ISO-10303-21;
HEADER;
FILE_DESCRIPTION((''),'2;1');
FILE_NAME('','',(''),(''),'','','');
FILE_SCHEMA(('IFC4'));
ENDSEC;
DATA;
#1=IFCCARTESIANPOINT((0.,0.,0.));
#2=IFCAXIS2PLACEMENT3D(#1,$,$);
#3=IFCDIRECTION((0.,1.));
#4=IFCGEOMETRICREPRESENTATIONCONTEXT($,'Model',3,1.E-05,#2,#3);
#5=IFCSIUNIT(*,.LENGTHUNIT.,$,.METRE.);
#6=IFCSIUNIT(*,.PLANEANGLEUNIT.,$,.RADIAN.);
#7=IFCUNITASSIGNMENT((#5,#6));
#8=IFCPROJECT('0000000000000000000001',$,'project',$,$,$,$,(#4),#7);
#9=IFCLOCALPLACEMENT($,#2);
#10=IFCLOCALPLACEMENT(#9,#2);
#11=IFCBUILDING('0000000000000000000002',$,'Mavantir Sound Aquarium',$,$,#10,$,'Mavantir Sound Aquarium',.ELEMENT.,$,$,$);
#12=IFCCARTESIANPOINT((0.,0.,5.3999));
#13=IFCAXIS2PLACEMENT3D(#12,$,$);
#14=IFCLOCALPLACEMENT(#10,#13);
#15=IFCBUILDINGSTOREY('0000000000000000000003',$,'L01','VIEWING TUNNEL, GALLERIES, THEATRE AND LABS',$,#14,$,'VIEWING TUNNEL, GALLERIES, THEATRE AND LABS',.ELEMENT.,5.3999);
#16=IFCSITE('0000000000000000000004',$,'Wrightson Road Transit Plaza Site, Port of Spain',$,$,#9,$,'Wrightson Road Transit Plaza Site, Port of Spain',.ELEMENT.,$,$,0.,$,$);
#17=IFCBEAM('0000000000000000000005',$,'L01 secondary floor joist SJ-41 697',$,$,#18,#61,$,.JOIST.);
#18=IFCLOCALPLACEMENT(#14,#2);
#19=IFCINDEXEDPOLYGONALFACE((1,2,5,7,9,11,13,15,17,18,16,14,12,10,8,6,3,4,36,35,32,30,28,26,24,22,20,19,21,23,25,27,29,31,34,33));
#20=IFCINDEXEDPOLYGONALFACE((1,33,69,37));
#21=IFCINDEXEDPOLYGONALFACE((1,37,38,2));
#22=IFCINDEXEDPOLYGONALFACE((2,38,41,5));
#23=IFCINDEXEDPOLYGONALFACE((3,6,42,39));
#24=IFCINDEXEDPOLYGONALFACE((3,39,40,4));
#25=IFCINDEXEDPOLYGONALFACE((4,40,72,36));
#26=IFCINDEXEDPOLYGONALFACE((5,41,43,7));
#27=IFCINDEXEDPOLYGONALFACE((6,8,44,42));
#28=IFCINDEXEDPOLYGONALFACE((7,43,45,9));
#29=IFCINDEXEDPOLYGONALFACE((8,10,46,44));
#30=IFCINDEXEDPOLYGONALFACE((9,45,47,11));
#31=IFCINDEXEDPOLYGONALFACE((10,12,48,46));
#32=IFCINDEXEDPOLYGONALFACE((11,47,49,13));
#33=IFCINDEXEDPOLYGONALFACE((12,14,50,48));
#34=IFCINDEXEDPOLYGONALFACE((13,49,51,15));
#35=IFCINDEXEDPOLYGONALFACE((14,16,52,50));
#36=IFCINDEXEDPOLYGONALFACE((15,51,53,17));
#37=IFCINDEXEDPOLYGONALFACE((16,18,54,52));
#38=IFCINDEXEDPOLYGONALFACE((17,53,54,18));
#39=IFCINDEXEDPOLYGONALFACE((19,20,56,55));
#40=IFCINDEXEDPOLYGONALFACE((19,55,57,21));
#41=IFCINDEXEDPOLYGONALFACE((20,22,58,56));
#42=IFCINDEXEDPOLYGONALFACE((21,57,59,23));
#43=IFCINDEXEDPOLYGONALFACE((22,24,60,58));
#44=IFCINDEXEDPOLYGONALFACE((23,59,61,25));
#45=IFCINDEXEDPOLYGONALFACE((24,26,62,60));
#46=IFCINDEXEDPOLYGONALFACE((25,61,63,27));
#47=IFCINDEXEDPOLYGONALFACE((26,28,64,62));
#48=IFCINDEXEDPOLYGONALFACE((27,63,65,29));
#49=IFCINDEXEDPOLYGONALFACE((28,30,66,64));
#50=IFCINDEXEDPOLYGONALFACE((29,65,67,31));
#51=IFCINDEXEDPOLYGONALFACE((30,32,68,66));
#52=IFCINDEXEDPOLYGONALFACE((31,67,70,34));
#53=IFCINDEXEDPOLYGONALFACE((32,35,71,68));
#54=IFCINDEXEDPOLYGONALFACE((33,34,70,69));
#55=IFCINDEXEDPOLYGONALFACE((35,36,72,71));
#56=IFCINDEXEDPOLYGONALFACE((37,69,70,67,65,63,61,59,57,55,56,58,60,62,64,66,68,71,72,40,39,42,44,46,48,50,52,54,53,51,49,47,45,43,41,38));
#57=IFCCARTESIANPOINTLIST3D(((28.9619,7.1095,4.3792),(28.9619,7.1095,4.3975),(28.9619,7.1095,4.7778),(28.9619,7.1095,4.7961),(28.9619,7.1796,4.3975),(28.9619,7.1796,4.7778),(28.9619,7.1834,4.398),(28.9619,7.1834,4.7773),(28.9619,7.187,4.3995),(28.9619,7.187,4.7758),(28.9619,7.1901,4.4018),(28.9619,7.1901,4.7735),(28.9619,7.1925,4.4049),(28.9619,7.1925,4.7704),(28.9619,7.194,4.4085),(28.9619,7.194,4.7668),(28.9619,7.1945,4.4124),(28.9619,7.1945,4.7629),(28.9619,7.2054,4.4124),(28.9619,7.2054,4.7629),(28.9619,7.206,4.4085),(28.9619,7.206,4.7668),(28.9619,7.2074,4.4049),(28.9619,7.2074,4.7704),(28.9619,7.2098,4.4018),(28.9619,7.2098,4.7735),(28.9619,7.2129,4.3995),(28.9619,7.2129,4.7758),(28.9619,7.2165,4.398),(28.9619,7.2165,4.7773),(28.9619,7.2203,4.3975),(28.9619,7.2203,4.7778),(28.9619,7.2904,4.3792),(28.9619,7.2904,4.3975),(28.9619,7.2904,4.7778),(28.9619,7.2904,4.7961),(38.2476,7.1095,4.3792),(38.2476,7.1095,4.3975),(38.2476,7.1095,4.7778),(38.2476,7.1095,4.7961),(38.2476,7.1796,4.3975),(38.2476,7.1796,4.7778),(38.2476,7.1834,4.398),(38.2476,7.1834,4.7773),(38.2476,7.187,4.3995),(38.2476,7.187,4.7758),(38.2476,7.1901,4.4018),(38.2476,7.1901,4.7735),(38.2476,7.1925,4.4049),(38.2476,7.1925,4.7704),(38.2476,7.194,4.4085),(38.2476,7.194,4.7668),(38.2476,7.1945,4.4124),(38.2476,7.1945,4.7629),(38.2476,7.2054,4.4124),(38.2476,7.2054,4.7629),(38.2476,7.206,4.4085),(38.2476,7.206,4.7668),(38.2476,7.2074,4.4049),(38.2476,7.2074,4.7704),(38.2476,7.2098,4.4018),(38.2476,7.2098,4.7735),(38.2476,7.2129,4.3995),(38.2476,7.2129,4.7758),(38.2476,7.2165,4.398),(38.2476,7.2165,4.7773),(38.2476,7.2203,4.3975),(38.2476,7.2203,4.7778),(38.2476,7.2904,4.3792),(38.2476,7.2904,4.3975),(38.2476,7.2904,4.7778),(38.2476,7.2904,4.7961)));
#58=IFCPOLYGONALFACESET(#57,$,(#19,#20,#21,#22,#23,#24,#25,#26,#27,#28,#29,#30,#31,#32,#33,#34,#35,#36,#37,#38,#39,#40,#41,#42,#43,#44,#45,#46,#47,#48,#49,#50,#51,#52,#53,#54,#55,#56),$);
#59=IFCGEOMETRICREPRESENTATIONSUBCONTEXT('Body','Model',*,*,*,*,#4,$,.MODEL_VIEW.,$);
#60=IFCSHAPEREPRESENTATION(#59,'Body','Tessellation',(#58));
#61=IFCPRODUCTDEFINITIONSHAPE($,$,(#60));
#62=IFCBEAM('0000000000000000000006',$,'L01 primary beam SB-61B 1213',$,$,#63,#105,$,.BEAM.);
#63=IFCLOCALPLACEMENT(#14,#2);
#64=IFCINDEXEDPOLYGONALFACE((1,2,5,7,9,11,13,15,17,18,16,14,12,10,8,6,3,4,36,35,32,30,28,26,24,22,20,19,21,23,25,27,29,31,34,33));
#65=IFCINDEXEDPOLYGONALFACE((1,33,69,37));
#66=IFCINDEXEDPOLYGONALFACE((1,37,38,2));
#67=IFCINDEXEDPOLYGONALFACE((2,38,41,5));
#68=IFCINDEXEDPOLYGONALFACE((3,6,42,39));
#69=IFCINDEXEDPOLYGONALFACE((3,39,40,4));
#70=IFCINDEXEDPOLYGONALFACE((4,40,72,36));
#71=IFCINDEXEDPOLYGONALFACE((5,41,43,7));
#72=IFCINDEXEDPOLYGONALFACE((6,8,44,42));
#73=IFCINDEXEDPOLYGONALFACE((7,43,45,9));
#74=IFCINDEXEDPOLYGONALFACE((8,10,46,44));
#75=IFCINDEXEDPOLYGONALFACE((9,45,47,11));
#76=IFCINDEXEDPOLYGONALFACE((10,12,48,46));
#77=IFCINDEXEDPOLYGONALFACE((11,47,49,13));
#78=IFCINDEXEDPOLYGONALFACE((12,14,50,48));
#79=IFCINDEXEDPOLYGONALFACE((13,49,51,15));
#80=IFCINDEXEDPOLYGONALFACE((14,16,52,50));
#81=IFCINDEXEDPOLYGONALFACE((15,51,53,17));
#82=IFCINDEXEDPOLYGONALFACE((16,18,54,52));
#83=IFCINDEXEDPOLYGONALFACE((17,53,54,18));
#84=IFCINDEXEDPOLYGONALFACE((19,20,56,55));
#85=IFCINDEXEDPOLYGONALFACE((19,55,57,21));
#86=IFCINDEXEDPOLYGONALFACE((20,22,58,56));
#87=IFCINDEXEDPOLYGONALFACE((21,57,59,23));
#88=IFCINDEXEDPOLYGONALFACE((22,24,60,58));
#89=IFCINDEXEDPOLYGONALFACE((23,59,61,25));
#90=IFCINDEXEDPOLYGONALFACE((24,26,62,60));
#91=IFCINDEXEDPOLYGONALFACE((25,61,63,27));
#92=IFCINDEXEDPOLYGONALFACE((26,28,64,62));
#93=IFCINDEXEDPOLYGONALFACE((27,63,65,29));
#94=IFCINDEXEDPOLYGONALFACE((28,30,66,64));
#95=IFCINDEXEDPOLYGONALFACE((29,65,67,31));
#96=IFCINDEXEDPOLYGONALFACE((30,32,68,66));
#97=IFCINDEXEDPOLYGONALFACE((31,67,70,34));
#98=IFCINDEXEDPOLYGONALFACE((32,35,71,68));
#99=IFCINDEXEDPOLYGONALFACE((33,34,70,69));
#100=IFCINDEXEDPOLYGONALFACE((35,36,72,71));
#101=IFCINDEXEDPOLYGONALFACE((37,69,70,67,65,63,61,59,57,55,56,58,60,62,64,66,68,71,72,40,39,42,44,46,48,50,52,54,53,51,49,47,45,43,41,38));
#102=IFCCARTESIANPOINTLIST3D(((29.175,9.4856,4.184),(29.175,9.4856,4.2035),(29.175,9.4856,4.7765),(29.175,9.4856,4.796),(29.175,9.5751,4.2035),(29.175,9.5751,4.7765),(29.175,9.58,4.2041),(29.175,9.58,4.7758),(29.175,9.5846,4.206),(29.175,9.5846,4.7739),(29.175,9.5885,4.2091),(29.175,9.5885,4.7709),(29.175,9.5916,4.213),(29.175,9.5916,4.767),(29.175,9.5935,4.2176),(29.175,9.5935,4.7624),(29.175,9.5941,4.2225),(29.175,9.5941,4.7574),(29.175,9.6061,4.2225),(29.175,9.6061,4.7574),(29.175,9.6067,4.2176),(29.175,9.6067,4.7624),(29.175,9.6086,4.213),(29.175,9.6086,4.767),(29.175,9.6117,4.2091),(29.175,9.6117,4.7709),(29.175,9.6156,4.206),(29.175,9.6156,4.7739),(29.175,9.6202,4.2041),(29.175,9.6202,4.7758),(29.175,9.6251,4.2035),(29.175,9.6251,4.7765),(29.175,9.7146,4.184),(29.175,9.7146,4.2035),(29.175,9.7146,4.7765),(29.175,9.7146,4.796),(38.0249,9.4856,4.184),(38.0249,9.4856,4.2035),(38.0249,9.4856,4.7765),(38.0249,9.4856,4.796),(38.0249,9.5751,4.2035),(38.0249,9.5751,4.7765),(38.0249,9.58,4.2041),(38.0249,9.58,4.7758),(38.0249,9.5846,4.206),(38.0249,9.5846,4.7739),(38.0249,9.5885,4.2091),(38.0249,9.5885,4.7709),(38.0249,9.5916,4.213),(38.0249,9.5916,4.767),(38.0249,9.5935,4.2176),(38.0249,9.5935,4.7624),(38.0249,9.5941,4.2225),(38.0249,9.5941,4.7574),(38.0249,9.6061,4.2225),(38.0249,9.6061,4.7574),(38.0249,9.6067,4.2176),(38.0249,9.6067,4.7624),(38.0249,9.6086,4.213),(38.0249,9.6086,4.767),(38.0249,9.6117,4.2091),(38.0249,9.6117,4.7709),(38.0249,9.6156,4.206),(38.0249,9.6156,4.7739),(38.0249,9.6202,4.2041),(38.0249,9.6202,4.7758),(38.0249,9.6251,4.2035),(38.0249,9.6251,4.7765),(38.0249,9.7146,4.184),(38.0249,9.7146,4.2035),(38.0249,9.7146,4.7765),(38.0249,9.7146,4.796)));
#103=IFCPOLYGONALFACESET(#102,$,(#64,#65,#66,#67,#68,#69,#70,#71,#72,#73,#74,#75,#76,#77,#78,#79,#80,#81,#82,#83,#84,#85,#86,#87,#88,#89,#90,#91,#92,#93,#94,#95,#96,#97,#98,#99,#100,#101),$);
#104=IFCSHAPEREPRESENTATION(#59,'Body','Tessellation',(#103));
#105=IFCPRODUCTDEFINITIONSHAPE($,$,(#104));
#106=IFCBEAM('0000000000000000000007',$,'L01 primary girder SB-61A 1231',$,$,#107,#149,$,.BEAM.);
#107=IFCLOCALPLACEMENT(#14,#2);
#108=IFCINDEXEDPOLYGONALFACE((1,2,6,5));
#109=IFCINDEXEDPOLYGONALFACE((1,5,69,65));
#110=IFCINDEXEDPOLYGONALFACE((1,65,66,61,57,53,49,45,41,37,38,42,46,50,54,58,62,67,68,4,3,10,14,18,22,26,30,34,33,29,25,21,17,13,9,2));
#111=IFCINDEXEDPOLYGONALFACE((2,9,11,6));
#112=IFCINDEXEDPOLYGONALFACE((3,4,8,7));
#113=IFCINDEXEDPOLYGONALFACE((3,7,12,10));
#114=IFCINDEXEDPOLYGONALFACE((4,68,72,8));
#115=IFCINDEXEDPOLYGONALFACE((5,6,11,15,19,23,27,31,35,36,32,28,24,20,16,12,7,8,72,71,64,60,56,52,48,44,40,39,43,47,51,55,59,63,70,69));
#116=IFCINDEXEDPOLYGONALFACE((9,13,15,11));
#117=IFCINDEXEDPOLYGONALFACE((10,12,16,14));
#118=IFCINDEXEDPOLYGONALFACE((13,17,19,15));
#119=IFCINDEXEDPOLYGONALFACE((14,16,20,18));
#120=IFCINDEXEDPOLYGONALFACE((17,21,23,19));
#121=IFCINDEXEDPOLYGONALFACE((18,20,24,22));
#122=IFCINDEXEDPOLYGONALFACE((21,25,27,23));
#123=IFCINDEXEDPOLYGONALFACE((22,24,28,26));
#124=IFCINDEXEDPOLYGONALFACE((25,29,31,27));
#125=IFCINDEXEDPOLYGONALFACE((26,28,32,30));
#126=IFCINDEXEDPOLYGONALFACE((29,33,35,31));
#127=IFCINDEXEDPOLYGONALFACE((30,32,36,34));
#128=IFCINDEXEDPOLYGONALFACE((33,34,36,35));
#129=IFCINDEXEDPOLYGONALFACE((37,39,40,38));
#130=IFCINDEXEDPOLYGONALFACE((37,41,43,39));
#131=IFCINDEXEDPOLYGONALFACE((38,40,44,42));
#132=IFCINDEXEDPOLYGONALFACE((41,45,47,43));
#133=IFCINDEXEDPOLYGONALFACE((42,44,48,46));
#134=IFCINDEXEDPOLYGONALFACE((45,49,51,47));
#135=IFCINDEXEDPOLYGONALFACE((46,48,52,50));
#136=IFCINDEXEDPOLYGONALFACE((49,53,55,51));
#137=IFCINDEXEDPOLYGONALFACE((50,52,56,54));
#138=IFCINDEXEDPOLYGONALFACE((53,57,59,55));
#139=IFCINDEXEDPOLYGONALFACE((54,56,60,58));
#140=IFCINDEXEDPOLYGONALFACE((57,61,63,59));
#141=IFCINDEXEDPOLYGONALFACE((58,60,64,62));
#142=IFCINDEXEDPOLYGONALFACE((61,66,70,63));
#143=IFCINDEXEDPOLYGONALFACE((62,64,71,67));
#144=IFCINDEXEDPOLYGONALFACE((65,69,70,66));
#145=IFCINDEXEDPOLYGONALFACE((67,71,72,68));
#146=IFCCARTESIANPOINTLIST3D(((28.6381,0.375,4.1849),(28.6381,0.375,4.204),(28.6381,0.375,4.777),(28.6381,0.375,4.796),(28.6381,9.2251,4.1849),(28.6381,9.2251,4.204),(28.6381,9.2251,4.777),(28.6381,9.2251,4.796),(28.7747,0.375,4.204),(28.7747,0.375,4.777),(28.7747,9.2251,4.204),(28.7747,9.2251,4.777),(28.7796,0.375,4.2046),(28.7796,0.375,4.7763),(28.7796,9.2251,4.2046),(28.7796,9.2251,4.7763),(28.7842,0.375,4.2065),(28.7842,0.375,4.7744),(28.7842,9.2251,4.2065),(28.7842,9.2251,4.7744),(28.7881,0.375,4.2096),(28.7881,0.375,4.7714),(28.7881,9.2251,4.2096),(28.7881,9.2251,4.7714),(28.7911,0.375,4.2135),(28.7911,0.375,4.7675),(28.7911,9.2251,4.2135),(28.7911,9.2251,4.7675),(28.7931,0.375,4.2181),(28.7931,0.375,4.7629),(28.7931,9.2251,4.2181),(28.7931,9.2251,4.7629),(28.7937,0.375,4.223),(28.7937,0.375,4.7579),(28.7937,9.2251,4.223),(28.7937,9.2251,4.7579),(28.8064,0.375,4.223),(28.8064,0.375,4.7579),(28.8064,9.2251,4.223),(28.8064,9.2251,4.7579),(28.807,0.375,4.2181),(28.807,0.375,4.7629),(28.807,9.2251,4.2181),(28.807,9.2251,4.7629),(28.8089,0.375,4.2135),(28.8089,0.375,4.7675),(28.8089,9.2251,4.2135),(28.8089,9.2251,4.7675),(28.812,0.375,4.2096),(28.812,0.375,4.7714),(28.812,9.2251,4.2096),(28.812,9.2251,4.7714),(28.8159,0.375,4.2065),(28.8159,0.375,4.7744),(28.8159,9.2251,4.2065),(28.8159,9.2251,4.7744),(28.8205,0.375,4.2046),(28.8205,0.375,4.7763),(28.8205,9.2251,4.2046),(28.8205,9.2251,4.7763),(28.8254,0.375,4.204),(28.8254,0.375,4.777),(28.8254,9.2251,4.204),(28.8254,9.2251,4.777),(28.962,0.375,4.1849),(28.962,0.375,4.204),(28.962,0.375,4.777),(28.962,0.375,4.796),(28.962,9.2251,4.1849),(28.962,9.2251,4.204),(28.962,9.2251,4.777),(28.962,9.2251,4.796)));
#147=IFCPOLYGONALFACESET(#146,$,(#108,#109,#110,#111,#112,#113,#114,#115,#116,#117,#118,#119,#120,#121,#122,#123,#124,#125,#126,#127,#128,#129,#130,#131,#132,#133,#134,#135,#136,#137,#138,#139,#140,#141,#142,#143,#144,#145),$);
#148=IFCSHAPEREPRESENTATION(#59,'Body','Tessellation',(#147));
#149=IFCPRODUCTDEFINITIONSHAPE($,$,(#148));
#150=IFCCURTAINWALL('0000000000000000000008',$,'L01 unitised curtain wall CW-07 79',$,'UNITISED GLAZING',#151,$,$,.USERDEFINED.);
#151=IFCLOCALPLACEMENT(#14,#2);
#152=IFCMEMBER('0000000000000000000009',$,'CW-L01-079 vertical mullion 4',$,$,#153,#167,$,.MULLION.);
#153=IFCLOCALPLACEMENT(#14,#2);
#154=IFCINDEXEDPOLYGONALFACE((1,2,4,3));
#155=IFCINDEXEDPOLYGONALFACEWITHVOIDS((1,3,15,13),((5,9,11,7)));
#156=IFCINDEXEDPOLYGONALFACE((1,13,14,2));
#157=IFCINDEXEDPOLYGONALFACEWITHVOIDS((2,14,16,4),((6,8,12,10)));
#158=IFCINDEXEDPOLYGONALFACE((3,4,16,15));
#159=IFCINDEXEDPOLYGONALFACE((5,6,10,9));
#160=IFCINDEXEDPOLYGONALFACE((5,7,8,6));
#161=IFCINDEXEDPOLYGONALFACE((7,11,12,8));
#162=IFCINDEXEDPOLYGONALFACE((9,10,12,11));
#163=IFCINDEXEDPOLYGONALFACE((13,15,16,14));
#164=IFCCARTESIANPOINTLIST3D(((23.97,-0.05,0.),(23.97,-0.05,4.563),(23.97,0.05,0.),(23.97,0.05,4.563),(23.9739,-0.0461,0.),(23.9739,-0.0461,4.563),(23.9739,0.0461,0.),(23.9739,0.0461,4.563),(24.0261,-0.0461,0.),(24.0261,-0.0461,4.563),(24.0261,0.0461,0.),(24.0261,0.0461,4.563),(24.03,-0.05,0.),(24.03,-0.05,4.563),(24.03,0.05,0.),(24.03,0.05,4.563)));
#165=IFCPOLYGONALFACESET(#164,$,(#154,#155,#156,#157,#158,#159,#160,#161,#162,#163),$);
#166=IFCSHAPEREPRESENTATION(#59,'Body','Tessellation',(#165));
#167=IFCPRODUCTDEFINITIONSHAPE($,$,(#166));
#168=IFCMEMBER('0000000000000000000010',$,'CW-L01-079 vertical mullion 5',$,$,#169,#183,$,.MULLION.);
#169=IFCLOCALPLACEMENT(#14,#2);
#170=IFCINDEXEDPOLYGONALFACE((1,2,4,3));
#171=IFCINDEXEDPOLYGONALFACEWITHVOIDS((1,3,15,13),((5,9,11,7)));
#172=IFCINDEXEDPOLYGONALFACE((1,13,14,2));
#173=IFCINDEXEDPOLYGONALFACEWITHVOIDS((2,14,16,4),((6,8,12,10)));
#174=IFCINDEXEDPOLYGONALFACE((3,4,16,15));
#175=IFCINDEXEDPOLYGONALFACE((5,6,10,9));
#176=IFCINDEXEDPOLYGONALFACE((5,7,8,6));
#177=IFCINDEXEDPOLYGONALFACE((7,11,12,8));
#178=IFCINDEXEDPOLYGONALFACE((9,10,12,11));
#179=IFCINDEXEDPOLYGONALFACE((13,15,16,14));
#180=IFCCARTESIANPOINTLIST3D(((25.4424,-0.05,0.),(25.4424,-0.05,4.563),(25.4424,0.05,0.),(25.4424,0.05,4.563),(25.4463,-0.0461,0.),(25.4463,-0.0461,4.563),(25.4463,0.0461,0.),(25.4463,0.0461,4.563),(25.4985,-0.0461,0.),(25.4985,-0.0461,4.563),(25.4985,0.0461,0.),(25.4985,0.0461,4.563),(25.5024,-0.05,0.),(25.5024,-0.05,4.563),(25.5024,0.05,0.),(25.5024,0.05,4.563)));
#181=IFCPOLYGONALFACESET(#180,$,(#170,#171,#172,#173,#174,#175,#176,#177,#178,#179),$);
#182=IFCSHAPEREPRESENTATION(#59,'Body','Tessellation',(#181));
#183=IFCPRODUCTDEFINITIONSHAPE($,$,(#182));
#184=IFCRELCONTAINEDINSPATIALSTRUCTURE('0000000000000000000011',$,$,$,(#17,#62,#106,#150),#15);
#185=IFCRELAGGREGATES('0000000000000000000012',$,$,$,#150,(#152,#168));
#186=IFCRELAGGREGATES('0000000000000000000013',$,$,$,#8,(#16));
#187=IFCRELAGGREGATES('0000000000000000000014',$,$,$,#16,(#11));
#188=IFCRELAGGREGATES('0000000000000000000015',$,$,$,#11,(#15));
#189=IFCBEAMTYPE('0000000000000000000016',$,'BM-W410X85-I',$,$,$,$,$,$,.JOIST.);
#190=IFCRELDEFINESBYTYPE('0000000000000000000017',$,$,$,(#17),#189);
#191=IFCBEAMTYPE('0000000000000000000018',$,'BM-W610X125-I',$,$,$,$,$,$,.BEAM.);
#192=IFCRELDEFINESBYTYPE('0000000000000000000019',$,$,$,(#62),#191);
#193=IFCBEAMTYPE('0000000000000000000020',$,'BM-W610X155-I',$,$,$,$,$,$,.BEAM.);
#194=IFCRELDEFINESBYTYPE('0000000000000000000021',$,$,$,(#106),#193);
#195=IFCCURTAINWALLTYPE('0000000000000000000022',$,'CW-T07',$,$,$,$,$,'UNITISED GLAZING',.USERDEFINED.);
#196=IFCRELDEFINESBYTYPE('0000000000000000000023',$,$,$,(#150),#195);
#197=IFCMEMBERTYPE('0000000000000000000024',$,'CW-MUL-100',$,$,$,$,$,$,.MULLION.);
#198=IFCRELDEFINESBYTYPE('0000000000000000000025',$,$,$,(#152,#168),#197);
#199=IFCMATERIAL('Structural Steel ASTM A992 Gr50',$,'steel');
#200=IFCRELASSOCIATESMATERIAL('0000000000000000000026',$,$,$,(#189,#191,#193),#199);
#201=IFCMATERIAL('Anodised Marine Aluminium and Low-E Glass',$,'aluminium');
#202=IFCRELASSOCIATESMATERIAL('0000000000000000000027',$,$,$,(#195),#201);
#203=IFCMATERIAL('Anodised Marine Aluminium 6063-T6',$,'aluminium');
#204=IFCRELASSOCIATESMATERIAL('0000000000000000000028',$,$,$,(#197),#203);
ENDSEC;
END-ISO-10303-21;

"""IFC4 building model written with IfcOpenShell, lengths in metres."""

from ifc_helpers import new_model, si_unit, direction, frame, origin, origin_2d, place, context, subcontext, project, spatial, hollow_rectangle, i_section, extrude, material, material_profile, profile_set, type_object, element, aggregate, save


model = new_model("IFC4")

# Units and contexts
model_context = context("Model", 3, precision=1e-05, world=origin(), true_north=direction((0.0, 1.0)))
body_context = subcontext(model_context, "Body", "Model", "MODEL_VIEW")
ifc_project = project(units=[si_unit("LENGTHUNIT", "METRE"), si_unit("PLANEANGLEUNIT", "RADIAN")], contexts=[model_context])

# Site, building, storey
site_placement = place(None, origin())
site = spatial("IfcSite", under=ifc_project, at=site_placement, Name="Wrightson Road Transit Plaza Site, Port of Spain", LongName="Wrightson Road Transit Plaza Site, Port of Spain", CompositionType="ELEMENT", RefElevation=0.0)
building_placement = place(site_placement, origin())
building = spatial("IfcBuilding", under=site, at=building_placement, Name="Mavantir Sound Aquarium", LongName="Mavantir Sound Aquarium", CompositionType="ELEMENT")
storey_placement = place(building_placement, frame((0.0, 0.0, 5.3999)))
storey = spatial("IfcBuildingStorey", under=building, at=storey_placement, Name="L01", Description="VIEWING TUNNEL, GALLERIES, THEATRE AND LABS", LongName="VIEWING TUNNEL, GALLERIES, THEATRE AND LABS", CompositionType="ELEMENT", Elevation=5.3999)

# Beams
ifc_material_1 = material(Name="Structural Steel ASTM A992 Gr50", Category="steel")
ifc_material_profile_1 = material_profile(ifc_material_1, i_section(OverallWidth=0.1809, OverallDepth=0.417, WebThickness=0.011, FlangeThickness=0.0183, FilletRadius=0.0149, at=origin_2d()), Name="W410X85")
ifc_profile_set_1 = profile_set([ifc_material_profile_1], Name="Structural Steel ASTM A992 Gr50")
beam_type_1 = type_object("IfcBeamType", Name="BM-W410X85-I", PredefinedType="JOIST", material=ifc_profile_set_1)
beam_1_placement = place(storey_placement, frame((28.9619, 7.2, 4.5876), z_axis=(1.0, 0.0, 0.0), x_axis=(0.0, 1.0, 0.0)))
element("IfcBeam", 1, at=beam_1_placement, inside=storey, type_object=beam_type_1, Name="L01 secondary floor joist SJ-41 697", PredefinedType="JOIST", context=body_context, shape_type="SweptSolid", body=[
    extrude(i_section(OverallWidth=0.1809, OverallDepth=0.417, WebThickness=0.011, FlangeThickness=0.0183, FilletRadius=0.0149, at=origin_2d()), origin(), (0.0, 0.0, 1.0), 9.2856),
])
ifc_material_profile_2 = material_profile(ifc_material_1, i_section(OverallWidth=0.229, OverallDepth=0.6121, WebThickness=0.012, FlangeThickness=0.0195, FilletRadius=0.019, at=origin_2d()), Name="W610X125")
ifc_profile_set_2 = profile_set([ifc_material_profile_2], Name="Structural Steel ASTM A992 Gr50")
beam_type_2 = type_object("IfcBeamType", Name="BM-W610X125-I", PredefinedType="BEAM", material=ifc_profile_set_2)
beam_2_placement = place(storey_placement, frame((29.175, 9.6001, 4.49), z_axis=(1.0, 0.0, 0.0), x_axis=(0.0, 1.0, 0.0)))
element("IfcBeam", 2, at=beam_2_placement, inside=storey, type_object=beam_type_2, Name="L01 primary beam SB-61B 1213", PredefinedType="BEAM", context=body_context, shape_type="SweptSolid", body=[
    extrude(i_section(OverallWidth=0.229, OverallDepth=0.6121, WebThickness=0.012, FlangeThickness=0.0195, FilletRadius=0.019, at=origin_2d()), origin(), (0.0, 0.0, 1.0), 8.8499),
])
ifc_material_profile_3 = material_profile(ifc_material_1, i_section(OverallWidth=0.324, OverallDepth=0.6111, WebThickness=0.0127, FlangeThickness=0.019, FilletRadius=0.019, at=origin_2d()), Name="W610X155")
ifc_profile_set_3 = profile_set([ifc_material_profile_3], Name="Structural Steel ASTM A992 Gr50")
beam_type_3 = type_object("IfcBeamType", Name="BM-W610X155-I", PredefinedType="BEAM", material=ifc_profile_set_3)
beam_3_placement = place(storey_placement, frame((28.8, 0.375, 4.4905), z_axis=(0.0, 1.0, 0.0), x_axis=(-1.0, 0.0, 0.0)))
element("IfcBeam", 3, at=beam_3_placement, inside=storey, type_object=beam_type_3, Name="L01 primary girder SB-61A 1231", PredefinedType="BEAM", context=body_context, shape_type="SweptSolid", body=[
    extrude(i_section(OverallWidth=0.324, OverallDepth=0.6111, WebThickness=0.0127, FlangeThickness=0.019, FilletRadius=0.019, at=origin_2d()), origin(), (0.0, 0.0, 1.0), 8.8501),
])

# Curtain wall, members
ifc_material_2 = material(Name="Anodised Marine Aluminium and Low-E Glass", Category="aluminium")
curtain_wall_type = type_object("IfcCurtainWallType", Name="CW-T07", ElementType="UNITISED GLAZING", PredefinedType="USERDEFINED", material=ifc_material_2)
curtain_wall_placement = place(storey_placement, origin())
curtain_wall = element("IfcCurtainWall", 4, at=curtain_wall_placement, inside=storey, type_object=curtain_wall_type, Name="L01 unitised curtain wall CW-07 79", ObjectType="UNITISED GLAZING", PredefinedType="USERDEFINED")
ifc_material_3 = material(Name="Anodised Marine Aluminium 6063-T6", Category="aluminium")
ifc_material_profile_4 = material_profile(ifc_material_3, hollow_rectangle(XDim=0.0601, YDim=0.1001, WallThickness=0.0039, at=origin_2d()), Name="ALU-MULLION-100X60")
ifc_profile_set_4 = profile_set([ifc_material_profile_4], Name="Anodised Marine Aluminium 6063-T6")
member_type_1 = type_object("IfcMemberType", Name="CW-MUL-100", PredefinedType="MULLION", material=ifc_profile_set_4)
member_1_placement = place(storey_placement, frame((24.0, 0.0, 0.0), z_axis=(0.0, 0.0, 1.0), x_axis=(1.0, 0.0, 0.0)))
member_1 = element("IfcMember", 5, at=member_1_placement, type_object=member_type_1, Name="CW-L01-079 vertical mullion 4", PredefinedType="MULLION", context=body_context, shape_type="SweptSolid", body=[
    extrude(hollow_rectangle(XDim=0.0601, YDim=0.1001, WallThickness=0.0039, at=origin_2d()), origin(), (0.0, 0.0, 1.0), 4.563),
])
member_2_placement = place(storey_placement, frame((25.4724, 0.0, 0.0), z_axis=(0.0, 0.0, 1.0), x_axis=(1.0, 0.0, 0.0)))
member_2 = element("IfcMember", 6, at=member_2_placement, type_object=member_type_1, Name="CW-L01-079 vertical mullion 5", PredefinedType="MULLION", context=body_context, shape_type="SweptSolid", body=[
    extrude(hollow_rectangle(XDim=0.0601, YDim=0.1001, WallThickness=0.0039, at=origin_2d()), origin(), (0.0, 0.0, 1.0), 4.563),
])
aggregate(curtain_wall, [member_1, member_2])

save(model, "model.ifc")
